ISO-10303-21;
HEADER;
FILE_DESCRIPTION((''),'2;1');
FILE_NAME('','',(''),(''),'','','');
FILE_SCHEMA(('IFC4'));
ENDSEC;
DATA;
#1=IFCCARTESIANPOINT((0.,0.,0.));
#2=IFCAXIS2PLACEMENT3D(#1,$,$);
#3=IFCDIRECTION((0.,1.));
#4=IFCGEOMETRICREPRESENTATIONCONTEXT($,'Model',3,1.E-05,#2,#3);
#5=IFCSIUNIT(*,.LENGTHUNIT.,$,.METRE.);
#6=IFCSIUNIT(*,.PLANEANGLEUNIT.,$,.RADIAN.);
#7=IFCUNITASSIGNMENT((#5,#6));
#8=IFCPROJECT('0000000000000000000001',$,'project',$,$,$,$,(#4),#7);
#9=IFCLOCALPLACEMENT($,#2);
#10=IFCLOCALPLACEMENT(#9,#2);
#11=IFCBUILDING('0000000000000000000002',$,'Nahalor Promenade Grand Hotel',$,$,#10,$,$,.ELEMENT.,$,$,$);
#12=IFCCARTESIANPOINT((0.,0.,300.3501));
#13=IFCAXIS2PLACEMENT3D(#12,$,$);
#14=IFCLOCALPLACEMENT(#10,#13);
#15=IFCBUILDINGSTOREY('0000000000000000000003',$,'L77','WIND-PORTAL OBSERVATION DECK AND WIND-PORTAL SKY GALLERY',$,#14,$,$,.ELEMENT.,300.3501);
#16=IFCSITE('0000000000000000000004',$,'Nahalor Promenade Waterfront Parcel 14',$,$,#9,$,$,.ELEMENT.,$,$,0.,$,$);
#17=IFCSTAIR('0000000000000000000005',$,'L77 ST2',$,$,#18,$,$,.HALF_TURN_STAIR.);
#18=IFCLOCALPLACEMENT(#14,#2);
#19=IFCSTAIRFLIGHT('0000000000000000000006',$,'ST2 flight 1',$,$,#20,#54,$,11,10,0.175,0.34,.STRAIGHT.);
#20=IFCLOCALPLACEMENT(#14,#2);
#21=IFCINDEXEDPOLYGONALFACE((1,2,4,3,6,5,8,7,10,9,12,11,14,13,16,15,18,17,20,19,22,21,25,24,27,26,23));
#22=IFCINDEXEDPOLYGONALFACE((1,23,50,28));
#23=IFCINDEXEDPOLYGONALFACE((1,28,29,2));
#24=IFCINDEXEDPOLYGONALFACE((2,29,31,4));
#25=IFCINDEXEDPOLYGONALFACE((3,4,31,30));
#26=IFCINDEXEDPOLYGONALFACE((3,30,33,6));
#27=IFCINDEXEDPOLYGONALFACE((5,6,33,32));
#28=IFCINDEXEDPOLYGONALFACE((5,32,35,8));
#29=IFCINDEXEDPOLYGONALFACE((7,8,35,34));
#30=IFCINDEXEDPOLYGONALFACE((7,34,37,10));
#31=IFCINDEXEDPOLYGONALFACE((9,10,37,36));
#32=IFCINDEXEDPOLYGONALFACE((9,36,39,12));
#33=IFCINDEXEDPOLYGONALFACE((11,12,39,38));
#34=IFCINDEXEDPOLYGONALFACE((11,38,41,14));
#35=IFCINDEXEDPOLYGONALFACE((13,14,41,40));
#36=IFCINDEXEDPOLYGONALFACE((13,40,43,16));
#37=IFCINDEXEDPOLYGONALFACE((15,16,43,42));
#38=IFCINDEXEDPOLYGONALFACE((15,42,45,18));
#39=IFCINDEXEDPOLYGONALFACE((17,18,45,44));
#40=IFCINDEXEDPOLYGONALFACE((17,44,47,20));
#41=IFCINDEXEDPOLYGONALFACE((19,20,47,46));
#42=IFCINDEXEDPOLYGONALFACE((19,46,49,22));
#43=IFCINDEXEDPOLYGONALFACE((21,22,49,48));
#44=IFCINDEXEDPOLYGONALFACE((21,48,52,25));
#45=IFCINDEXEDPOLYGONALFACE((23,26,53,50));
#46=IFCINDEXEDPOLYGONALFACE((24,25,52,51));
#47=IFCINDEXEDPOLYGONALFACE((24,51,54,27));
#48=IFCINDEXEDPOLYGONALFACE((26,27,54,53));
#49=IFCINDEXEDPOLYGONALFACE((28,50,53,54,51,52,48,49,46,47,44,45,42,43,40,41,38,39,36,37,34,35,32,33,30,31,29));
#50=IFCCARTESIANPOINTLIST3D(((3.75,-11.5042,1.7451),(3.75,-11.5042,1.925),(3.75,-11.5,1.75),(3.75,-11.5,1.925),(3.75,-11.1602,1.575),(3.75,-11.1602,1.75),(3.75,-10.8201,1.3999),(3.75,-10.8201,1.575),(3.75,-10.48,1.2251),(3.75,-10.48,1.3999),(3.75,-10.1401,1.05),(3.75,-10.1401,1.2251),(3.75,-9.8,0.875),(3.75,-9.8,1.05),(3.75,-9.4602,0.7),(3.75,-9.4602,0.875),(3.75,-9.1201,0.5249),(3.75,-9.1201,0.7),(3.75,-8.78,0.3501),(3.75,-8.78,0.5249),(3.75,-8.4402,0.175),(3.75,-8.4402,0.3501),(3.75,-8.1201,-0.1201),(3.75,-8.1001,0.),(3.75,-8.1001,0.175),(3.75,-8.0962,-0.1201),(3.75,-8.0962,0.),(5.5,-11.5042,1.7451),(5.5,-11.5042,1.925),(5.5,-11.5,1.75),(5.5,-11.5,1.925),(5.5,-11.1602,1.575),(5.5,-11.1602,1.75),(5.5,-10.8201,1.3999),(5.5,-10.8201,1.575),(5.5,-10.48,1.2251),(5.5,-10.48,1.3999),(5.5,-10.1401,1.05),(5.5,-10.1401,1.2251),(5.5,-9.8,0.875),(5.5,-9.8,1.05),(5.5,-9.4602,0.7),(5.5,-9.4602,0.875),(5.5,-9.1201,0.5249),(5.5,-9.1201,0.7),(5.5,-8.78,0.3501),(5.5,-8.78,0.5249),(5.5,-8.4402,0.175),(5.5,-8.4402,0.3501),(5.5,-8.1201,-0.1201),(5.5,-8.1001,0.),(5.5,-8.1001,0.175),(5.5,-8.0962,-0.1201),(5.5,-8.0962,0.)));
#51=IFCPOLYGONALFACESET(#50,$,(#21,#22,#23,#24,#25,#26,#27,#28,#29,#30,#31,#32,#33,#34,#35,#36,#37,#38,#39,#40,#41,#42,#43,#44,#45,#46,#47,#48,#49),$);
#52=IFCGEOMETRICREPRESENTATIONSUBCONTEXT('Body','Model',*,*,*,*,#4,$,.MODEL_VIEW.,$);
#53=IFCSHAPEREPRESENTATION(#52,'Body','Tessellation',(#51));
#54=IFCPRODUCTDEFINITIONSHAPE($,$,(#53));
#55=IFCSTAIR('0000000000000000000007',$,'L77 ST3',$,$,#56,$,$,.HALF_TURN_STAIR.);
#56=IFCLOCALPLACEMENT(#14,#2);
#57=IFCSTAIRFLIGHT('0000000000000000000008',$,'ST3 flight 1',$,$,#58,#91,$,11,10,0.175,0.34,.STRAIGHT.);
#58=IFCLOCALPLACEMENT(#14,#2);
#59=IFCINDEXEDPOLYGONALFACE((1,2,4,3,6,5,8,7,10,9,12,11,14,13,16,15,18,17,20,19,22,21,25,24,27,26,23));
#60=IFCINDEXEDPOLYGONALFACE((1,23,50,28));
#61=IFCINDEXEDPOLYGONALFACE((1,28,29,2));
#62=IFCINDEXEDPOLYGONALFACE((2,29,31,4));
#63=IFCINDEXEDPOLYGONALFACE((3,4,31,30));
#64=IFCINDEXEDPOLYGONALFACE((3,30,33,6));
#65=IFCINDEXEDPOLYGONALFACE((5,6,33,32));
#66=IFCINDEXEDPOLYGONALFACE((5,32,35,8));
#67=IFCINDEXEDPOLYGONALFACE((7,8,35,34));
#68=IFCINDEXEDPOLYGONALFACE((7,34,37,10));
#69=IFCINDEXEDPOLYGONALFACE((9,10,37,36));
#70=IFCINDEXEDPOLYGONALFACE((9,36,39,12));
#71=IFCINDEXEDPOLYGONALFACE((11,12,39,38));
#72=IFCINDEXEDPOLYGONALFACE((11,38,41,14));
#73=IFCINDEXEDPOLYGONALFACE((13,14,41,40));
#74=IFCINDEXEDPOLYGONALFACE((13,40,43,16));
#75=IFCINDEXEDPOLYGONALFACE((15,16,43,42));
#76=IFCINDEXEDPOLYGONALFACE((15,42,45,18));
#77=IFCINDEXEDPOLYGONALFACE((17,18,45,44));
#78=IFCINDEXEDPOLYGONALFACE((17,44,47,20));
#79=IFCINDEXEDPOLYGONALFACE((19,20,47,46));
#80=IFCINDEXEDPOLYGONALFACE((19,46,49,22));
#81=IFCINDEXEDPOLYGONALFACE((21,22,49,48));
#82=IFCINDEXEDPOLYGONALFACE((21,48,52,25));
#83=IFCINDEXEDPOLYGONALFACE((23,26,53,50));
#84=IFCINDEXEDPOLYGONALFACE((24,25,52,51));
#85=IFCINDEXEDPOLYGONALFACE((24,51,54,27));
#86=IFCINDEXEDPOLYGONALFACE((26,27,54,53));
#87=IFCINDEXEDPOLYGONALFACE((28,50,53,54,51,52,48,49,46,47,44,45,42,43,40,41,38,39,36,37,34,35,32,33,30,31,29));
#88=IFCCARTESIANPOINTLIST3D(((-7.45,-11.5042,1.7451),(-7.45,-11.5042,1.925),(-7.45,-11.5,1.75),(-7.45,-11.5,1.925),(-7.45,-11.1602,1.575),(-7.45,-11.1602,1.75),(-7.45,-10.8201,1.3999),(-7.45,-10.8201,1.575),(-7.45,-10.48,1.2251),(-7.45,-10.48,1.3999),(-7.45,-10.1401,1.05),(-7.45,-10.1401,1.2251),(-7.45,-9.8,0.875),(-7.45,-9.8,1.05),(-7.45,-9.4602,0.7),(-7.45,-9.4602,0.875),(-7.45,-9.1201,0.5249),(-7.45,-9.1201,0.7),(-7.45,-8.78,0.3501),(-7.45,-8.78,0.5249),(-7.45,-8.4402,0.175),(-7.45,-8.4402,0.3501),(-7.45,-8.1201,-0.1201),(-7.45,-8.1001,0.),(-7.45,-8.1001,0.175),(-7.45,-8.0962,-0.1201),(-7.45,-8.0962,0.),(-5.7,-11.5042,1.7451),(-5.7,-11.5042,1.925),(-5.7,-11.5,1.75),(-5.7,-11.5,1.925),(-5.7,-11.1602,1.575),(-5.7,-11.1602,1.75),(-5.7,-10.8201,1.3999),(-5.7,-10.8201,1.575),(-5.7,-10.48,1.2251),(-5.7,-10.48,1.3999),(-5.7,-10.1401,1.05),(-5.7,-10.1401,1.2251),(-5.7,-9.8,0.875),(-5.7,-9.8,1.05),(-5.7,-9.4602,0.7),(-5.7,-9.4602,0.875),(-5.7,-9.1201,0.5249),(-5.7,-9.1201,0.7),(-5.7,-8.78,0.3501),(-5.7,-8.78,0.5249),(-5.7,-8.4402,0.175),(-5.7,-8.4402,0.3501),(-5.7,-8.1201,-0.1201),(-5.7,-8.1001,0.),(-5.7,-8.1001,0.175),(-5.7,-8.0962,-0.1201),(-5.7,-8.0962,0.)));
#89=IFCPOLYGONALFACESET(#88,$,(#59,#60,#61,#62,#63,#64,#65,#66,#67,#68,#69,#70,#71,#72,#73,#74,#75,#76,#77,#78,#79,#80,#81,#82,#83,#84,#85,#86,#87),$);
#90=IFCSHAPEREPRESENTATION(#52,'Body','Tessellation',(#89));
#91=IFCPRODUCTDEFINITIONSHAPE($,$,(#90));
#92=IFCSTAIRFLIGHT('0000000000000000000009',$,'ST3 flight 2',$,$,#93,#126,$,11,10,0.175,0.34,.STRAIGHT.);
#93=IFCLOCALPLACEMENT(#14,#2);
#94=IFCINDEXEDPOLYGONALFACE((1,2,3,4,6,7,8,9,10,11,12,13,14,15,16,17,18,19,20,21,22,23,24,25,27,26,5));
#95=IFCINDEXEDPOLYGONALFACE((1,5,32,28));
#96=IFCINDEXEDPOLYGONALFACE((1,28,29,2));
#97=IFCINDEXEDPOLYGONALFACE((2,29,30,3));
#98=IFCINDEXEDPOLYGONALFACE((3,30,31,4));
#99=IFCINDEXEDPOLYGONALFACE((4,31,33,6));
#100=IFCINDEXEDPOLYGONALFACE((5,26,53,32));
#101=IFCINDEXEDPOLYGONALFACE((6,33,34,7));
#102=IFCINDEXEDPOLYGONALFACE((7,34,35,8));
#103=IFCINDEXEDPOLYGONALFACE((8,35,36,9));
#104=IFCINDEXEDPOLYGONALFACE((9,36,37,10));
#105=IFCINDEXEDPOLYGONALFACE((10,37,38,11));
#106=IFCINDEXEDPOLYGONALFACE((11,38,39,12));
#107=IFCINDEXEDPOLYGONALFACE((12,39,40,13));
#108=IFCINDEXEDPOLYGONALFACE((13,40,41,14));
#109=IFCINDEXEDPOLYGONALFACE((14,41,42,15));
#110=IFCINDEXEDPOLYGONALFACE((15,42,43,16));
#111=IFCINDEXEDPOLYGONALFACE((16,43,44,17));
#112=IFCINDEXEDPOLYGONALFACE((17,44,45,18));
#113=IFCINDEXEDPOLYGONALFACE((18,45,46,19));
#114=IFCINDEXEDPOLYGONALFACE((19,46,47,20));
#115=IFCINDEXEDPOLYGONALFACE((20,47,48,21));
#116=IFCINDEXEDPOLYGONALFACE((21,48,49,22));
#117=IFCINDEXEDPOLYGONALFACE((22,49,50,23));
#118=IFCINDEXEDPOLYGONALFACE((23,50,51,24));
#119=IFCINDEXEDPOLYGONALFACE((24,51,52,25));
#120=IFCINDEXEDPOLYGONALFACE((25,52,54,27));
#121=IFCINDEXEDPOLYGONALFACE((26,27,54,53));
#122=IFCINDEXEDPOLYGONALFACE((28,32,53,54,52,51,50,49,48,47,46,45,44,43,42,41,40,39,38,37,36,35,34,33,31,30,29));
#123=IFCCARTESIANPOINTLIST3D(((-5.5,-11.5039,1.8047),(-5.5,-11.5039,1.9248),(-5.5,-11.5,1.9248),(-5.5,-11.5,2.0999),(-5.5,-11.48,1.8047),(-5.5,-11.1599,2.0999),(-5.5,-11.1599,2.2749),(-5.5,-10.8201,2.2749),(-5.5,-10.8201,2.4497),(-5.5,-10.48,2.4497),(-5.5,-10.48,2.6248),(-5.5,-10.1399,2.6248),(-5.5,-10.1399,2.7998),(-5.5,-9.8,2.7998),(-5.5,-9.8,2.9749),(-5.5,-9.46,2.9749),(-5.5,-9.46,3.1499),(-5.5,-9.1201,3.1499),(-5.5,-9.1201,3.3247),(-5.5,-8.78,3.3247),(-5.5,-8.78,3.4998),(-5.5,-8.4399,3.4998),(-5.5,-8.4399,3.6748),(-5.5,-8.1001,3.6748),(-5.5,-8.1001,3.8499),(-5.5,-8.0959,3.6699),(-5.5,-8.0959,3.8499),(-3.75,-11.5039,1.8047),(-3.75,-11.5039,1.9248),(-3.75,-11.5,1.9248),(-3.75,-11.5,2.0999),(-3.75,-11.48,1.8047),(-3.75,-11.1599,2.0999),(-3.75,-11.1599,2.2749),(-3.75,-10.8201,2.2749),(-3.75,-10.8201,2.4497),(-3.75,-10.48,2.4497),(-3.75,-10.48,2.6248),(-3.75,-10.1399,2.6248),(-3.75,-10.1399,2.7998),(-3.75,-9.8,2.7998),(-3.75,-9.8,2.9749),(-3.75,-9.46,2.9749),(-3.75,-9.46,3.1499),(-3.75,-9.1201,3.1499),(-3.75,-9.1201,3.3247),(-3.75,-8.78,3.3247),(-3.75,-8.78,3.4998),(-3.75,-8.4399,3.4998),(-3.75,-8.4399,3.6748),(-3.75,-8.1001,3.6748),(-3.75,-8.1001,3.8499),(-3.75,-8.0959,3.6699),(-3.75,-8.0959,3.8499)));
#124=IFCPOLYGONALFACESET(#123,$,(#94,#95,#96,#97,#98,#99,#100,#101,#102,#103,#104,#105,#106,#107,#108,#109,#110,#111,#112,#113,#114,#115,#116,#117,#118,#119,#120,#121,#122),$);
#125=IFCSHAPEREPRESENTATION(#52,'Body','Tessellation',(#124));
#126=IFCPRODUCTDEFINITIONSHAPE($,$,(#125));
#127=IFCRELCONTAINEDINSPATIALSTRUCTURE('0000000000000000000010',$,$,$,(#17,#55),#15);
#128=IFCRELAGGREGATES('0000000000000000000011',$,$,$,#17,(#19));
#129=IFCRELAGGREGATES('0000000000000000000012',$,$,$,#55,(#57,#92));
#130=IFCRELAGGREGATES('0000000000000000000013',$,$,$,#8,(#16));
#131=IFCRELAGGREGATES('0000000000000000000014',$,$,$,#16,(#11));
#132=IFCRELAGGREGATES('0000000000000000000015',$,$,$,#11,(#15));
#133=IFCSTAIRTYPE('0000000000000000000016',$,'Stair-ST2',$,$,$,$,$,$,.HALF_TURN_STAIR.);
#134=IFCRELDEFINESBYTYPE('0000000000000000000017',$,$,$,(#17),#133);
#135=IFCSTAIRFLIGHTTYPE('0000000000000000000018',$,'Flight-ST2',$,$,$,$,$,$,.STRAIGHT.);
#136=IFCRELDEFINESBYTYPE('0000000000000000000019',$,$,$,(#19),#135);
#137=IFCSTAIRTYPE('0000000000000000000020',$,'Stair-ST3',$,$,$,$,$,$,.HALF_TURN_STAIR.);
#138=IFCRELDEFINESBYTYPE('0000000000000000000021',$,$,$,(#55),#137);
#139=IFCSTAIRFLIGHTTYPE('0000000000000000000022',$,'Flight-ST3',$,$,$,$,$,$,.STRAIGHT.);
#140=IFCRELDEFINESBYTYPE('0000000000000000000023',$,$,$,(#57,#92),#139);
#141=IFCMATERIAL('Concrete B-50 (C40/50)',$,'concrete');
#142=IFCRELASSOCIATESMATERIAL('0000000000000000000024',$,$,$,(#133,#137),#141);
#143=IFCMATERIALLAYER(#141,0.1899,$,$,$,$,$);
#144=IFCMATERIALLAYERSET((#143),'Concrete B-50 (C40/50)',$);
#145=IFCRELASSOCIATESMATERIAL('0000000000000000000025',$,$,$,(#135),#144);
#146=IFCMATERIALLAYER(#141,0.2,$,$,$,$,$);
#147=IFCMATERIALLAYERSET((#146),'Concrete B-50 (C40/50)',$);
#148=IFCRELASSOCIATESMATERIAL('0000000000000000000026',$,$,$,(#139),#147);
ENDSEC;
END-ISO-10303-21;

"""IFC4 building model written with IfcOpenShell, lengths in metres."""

from ifc_helpers import new_model, si_unit, direction, frame, origin, place, context, subcontext, project, spatial, polyline, outline, extrude, source, transform, mapped, material, layer, layer_set, type_object, element, aggregate, save


model = new_model("IFC4")

# Units and contexts
model_context = context("Model", 3, precision=1e-05, world=origin(), true_north=direction((0.0, 1.0)))
body_context = subcontext(model_context, "Body", "Model", "MODEL_VIEW")
ifc_project = project(units=[si_unit("LENGTHUNIT", "METRE"), si_unit("PLANEANGLEUNIT", "RADIAN")], contexts=[model_context])

# Site, building, storey
site_placement = place(None, origin())
site = spatial("IfcSite", under=ifc_project, at=site_placement, Name="Nahalor Promenade Waterfront Parcel 14", CompositionType="ELEMENT", RefElevation=0.0)
building_placement = place(site_placement, origin())
building = spatial("IfcBuilding", under=site, at=building_placement, Name="Nahalor Promenade Grand Hotel", CompositionType="ELEMENT")
storey_placement = place(building_placement, frame((0.0, 0.0, 300.3501)))
storey = spatial("IfcBuildingStorey", under=building, at=storey_placement, Name="L77", Description="WIND-PORTAL OBSERVATION DECK AND WIND-PORTAL SKY GALLERY", CompositionType="ELEMENT", Elevation=300.3501)

# Shared definitions
ifc_material_1 = material(Name="Concrete B-50 (C40/50)", Category="concrete")

# Stair, stair flight
stair_type_1 = type_object("IfcStairType", Name="Stair-ST2", PredefinedType="HALF_TURN_STAIR", material=ifc_material_1)
stair_1_placement = place(storey_placement, origin())
stair_1 = element("IfcStair", 1, at=stair_1_placement, inside=storey, type_object=stair_type_1, Name="L77 ST2", PredefinedType="HALF_TURN_STAIR")
ifc_layer_1 = layer(ifc_material_1, 0.1899)
ifc_layer_set_1 = layer_set([ifc_layer_1], Name="Concrete B-50 (C40/50)")
stair_flight_type_1 = type_object("IfcStairFlightType", Name="Flight-ST2", PredefinedType="STRAIGHT", material=ifc_layer_set_1)
shared_shape_1 = source(origin(), body_context, "Body", "SweptSolid", [
    extrude(outline(polyline([(-0.0039, -0.1201), (-0.0039, 0.0), (0.0, 0.0), (0.0, 0.175), (0.3401, 0.175), (0.3401, 0.3501), (0.6799, 0.3501), (0.6799, 0.5249), (1.02, 0.5249), (1.02, 0.7), (1.3601, 0.7), (1.3601, 0.875), (1.7, 0.875), (1.7, 1.05), (2.04, 1.05), (2.04, 1.2251), (2.3799, 1.2251), (2.3799, 1.3999), (2.72, 1.3999), (2.72, 1.575), (3.0601, 1.575), (3.0601, 1.75), (3.3999, 1.75), (3.3999, 1.925), (3.4041, 1.925), (3.4041, 1.7451), (0.02, -0.1201), (-0.0039, -0.1201)])), frame((0.0, 0.875, 0.0), z_axis=(0.0, -1.0, 0.0), x_axis=(1.0, 0.0, 0.0)), (0.0, 0.0, 1.0), 1.75),
])
stair_flight_1_placement = place(storey_placement, frame((4.625, -8.1001, 0.0), z_axis=(0.0, 0.0, 1.0), x_axis=(0.0, -1.0, 0.0)))
stair_flight_1 = element("IfcStairFlight", 2, at=stair_flight_1_placement, type_object=stair_flight_type_1, Name="ST2 flight 1", NumberOfRisers=11, NumberOfTreads=10, PredefinedType="STRAIGHT", RiserHeight=0.175, TreadLength=0.34, context=body_context, shape_type="MappedRepresentation", body=[
    mapped(shared_shape_1, transform((0.0, 0.0, 0.0), scale=1.0)),
])
aggregate(stair_1, [stair_flight_1])

# Stair, stair flights
stair_type_2 = type_object("IfcStairType", Name="Stair-ST3", PredefinedType="HALF_TURN_STAIR", material=ifc_material_1)
stair_2_placement = place(storey_placement, origin())
stair_2 = element("IfcStair", 3, at=stair_2_placement, inside=storey, type_object=stair_type_2, Name="L77 ST3", PredefinedType="HALF_TURN_STAIR")
ifc_layer_2 = layer(ifc_material_1, 0.2)
ifc_layer_set_2 = layer_set([ifc_layer_2], Name="Concrete B-50 (C40/50)")
stair_flight_type_2 = type_object("IfcStairFlightType", Name="Flight-ST3", PredefinedType="STRAIGHT", material=ifc_layer_set_2)
shared_shape_2 = source(origin(), body_context, "Body", "SweptSolid", [
    extrude(outline(polyline([(-0.0039, -0.1201), (-0.0039, 0.0), (0.0, 0.0), (0.0, 0.175), (0.3401, 0.175), (0.3401, 0.3501), (0.6799, 0.3501), (0.6799, 0.5249), (1.02, 0.5249), (1.02, 0.7), (1.3601, 0.7), (1.3601, 0.875), (1.7, 0.875), (1.7, 1.05), (2.04, 1.05), (2.04, 1.2251), (2.3799, 1.2251), (2.3799, 1.3999), (2.72, 1.3999), (2.72, 1.575), (3.0601, 1.575), (3.0601, 1.75), (3.3999, 1.75), (3.3999, 1.925), (3.4041, 1.925), (3.4041, 1.7451), (0.02, -0.1201), (-0.0039, -0.1201)])), frame((0.0, 0.875, 0.0), z_axis=(0.0, -1.0, 0.0), x_axis=(1.0, 0.0, 0.0)), (0.0, 0.0, 1.0), 1.75),
])
stair_flight_2_placement = place(storey_placement, frame((-6.575, -8.1001, 0.0), z_axis=(0.0, 0.0, 1.0), x_axis=(0.0, -1.0, 0.0)))
stair_flight_2 = element("IfcStairFlight", 4, at=stair_flight_2_placement, type_object=stair_flight_type_2, Name="ST3 flight 1", NumberOfRisers=11, NumberOfTreads=10, PredefinedType="STRAIGHT", RiserHeight=0.175, TreadLength=0.34, context=body_context, shape_type="MappedRepresentation", body=[
    mapped(shared_shape_2, transform((0.0, 0.0, 0.0), scale=1.0)),
])
stair_flight_3_placement = place(storey_placement, frame((-4.625, -11.5, 1.9248), z_axis=(0.0, 0.0, 1.0), x_axis=(0.0, 1.0, 0.0)))
stair_flight_3 = element("IfcStairFlight", 5, at=stair_flight_3_placement, type_object=stair_flight_type_2, Name="ST3 flight 2", NumberOfRisers=11, NumberOfTreads=10, PredefinedType="STRAIGHT", RiserHeight=0.175, TreadLength=0.34, context=body_context, shape_type="MappedRepresentation", body=[
    mapped(shared_shape_2, transform((0.0, 0.0, 0.0), scale=1.0)),
])
aggregate(stair_2, [stair_flight_2, stair_flight_3])

save(model, "model.ifc")
